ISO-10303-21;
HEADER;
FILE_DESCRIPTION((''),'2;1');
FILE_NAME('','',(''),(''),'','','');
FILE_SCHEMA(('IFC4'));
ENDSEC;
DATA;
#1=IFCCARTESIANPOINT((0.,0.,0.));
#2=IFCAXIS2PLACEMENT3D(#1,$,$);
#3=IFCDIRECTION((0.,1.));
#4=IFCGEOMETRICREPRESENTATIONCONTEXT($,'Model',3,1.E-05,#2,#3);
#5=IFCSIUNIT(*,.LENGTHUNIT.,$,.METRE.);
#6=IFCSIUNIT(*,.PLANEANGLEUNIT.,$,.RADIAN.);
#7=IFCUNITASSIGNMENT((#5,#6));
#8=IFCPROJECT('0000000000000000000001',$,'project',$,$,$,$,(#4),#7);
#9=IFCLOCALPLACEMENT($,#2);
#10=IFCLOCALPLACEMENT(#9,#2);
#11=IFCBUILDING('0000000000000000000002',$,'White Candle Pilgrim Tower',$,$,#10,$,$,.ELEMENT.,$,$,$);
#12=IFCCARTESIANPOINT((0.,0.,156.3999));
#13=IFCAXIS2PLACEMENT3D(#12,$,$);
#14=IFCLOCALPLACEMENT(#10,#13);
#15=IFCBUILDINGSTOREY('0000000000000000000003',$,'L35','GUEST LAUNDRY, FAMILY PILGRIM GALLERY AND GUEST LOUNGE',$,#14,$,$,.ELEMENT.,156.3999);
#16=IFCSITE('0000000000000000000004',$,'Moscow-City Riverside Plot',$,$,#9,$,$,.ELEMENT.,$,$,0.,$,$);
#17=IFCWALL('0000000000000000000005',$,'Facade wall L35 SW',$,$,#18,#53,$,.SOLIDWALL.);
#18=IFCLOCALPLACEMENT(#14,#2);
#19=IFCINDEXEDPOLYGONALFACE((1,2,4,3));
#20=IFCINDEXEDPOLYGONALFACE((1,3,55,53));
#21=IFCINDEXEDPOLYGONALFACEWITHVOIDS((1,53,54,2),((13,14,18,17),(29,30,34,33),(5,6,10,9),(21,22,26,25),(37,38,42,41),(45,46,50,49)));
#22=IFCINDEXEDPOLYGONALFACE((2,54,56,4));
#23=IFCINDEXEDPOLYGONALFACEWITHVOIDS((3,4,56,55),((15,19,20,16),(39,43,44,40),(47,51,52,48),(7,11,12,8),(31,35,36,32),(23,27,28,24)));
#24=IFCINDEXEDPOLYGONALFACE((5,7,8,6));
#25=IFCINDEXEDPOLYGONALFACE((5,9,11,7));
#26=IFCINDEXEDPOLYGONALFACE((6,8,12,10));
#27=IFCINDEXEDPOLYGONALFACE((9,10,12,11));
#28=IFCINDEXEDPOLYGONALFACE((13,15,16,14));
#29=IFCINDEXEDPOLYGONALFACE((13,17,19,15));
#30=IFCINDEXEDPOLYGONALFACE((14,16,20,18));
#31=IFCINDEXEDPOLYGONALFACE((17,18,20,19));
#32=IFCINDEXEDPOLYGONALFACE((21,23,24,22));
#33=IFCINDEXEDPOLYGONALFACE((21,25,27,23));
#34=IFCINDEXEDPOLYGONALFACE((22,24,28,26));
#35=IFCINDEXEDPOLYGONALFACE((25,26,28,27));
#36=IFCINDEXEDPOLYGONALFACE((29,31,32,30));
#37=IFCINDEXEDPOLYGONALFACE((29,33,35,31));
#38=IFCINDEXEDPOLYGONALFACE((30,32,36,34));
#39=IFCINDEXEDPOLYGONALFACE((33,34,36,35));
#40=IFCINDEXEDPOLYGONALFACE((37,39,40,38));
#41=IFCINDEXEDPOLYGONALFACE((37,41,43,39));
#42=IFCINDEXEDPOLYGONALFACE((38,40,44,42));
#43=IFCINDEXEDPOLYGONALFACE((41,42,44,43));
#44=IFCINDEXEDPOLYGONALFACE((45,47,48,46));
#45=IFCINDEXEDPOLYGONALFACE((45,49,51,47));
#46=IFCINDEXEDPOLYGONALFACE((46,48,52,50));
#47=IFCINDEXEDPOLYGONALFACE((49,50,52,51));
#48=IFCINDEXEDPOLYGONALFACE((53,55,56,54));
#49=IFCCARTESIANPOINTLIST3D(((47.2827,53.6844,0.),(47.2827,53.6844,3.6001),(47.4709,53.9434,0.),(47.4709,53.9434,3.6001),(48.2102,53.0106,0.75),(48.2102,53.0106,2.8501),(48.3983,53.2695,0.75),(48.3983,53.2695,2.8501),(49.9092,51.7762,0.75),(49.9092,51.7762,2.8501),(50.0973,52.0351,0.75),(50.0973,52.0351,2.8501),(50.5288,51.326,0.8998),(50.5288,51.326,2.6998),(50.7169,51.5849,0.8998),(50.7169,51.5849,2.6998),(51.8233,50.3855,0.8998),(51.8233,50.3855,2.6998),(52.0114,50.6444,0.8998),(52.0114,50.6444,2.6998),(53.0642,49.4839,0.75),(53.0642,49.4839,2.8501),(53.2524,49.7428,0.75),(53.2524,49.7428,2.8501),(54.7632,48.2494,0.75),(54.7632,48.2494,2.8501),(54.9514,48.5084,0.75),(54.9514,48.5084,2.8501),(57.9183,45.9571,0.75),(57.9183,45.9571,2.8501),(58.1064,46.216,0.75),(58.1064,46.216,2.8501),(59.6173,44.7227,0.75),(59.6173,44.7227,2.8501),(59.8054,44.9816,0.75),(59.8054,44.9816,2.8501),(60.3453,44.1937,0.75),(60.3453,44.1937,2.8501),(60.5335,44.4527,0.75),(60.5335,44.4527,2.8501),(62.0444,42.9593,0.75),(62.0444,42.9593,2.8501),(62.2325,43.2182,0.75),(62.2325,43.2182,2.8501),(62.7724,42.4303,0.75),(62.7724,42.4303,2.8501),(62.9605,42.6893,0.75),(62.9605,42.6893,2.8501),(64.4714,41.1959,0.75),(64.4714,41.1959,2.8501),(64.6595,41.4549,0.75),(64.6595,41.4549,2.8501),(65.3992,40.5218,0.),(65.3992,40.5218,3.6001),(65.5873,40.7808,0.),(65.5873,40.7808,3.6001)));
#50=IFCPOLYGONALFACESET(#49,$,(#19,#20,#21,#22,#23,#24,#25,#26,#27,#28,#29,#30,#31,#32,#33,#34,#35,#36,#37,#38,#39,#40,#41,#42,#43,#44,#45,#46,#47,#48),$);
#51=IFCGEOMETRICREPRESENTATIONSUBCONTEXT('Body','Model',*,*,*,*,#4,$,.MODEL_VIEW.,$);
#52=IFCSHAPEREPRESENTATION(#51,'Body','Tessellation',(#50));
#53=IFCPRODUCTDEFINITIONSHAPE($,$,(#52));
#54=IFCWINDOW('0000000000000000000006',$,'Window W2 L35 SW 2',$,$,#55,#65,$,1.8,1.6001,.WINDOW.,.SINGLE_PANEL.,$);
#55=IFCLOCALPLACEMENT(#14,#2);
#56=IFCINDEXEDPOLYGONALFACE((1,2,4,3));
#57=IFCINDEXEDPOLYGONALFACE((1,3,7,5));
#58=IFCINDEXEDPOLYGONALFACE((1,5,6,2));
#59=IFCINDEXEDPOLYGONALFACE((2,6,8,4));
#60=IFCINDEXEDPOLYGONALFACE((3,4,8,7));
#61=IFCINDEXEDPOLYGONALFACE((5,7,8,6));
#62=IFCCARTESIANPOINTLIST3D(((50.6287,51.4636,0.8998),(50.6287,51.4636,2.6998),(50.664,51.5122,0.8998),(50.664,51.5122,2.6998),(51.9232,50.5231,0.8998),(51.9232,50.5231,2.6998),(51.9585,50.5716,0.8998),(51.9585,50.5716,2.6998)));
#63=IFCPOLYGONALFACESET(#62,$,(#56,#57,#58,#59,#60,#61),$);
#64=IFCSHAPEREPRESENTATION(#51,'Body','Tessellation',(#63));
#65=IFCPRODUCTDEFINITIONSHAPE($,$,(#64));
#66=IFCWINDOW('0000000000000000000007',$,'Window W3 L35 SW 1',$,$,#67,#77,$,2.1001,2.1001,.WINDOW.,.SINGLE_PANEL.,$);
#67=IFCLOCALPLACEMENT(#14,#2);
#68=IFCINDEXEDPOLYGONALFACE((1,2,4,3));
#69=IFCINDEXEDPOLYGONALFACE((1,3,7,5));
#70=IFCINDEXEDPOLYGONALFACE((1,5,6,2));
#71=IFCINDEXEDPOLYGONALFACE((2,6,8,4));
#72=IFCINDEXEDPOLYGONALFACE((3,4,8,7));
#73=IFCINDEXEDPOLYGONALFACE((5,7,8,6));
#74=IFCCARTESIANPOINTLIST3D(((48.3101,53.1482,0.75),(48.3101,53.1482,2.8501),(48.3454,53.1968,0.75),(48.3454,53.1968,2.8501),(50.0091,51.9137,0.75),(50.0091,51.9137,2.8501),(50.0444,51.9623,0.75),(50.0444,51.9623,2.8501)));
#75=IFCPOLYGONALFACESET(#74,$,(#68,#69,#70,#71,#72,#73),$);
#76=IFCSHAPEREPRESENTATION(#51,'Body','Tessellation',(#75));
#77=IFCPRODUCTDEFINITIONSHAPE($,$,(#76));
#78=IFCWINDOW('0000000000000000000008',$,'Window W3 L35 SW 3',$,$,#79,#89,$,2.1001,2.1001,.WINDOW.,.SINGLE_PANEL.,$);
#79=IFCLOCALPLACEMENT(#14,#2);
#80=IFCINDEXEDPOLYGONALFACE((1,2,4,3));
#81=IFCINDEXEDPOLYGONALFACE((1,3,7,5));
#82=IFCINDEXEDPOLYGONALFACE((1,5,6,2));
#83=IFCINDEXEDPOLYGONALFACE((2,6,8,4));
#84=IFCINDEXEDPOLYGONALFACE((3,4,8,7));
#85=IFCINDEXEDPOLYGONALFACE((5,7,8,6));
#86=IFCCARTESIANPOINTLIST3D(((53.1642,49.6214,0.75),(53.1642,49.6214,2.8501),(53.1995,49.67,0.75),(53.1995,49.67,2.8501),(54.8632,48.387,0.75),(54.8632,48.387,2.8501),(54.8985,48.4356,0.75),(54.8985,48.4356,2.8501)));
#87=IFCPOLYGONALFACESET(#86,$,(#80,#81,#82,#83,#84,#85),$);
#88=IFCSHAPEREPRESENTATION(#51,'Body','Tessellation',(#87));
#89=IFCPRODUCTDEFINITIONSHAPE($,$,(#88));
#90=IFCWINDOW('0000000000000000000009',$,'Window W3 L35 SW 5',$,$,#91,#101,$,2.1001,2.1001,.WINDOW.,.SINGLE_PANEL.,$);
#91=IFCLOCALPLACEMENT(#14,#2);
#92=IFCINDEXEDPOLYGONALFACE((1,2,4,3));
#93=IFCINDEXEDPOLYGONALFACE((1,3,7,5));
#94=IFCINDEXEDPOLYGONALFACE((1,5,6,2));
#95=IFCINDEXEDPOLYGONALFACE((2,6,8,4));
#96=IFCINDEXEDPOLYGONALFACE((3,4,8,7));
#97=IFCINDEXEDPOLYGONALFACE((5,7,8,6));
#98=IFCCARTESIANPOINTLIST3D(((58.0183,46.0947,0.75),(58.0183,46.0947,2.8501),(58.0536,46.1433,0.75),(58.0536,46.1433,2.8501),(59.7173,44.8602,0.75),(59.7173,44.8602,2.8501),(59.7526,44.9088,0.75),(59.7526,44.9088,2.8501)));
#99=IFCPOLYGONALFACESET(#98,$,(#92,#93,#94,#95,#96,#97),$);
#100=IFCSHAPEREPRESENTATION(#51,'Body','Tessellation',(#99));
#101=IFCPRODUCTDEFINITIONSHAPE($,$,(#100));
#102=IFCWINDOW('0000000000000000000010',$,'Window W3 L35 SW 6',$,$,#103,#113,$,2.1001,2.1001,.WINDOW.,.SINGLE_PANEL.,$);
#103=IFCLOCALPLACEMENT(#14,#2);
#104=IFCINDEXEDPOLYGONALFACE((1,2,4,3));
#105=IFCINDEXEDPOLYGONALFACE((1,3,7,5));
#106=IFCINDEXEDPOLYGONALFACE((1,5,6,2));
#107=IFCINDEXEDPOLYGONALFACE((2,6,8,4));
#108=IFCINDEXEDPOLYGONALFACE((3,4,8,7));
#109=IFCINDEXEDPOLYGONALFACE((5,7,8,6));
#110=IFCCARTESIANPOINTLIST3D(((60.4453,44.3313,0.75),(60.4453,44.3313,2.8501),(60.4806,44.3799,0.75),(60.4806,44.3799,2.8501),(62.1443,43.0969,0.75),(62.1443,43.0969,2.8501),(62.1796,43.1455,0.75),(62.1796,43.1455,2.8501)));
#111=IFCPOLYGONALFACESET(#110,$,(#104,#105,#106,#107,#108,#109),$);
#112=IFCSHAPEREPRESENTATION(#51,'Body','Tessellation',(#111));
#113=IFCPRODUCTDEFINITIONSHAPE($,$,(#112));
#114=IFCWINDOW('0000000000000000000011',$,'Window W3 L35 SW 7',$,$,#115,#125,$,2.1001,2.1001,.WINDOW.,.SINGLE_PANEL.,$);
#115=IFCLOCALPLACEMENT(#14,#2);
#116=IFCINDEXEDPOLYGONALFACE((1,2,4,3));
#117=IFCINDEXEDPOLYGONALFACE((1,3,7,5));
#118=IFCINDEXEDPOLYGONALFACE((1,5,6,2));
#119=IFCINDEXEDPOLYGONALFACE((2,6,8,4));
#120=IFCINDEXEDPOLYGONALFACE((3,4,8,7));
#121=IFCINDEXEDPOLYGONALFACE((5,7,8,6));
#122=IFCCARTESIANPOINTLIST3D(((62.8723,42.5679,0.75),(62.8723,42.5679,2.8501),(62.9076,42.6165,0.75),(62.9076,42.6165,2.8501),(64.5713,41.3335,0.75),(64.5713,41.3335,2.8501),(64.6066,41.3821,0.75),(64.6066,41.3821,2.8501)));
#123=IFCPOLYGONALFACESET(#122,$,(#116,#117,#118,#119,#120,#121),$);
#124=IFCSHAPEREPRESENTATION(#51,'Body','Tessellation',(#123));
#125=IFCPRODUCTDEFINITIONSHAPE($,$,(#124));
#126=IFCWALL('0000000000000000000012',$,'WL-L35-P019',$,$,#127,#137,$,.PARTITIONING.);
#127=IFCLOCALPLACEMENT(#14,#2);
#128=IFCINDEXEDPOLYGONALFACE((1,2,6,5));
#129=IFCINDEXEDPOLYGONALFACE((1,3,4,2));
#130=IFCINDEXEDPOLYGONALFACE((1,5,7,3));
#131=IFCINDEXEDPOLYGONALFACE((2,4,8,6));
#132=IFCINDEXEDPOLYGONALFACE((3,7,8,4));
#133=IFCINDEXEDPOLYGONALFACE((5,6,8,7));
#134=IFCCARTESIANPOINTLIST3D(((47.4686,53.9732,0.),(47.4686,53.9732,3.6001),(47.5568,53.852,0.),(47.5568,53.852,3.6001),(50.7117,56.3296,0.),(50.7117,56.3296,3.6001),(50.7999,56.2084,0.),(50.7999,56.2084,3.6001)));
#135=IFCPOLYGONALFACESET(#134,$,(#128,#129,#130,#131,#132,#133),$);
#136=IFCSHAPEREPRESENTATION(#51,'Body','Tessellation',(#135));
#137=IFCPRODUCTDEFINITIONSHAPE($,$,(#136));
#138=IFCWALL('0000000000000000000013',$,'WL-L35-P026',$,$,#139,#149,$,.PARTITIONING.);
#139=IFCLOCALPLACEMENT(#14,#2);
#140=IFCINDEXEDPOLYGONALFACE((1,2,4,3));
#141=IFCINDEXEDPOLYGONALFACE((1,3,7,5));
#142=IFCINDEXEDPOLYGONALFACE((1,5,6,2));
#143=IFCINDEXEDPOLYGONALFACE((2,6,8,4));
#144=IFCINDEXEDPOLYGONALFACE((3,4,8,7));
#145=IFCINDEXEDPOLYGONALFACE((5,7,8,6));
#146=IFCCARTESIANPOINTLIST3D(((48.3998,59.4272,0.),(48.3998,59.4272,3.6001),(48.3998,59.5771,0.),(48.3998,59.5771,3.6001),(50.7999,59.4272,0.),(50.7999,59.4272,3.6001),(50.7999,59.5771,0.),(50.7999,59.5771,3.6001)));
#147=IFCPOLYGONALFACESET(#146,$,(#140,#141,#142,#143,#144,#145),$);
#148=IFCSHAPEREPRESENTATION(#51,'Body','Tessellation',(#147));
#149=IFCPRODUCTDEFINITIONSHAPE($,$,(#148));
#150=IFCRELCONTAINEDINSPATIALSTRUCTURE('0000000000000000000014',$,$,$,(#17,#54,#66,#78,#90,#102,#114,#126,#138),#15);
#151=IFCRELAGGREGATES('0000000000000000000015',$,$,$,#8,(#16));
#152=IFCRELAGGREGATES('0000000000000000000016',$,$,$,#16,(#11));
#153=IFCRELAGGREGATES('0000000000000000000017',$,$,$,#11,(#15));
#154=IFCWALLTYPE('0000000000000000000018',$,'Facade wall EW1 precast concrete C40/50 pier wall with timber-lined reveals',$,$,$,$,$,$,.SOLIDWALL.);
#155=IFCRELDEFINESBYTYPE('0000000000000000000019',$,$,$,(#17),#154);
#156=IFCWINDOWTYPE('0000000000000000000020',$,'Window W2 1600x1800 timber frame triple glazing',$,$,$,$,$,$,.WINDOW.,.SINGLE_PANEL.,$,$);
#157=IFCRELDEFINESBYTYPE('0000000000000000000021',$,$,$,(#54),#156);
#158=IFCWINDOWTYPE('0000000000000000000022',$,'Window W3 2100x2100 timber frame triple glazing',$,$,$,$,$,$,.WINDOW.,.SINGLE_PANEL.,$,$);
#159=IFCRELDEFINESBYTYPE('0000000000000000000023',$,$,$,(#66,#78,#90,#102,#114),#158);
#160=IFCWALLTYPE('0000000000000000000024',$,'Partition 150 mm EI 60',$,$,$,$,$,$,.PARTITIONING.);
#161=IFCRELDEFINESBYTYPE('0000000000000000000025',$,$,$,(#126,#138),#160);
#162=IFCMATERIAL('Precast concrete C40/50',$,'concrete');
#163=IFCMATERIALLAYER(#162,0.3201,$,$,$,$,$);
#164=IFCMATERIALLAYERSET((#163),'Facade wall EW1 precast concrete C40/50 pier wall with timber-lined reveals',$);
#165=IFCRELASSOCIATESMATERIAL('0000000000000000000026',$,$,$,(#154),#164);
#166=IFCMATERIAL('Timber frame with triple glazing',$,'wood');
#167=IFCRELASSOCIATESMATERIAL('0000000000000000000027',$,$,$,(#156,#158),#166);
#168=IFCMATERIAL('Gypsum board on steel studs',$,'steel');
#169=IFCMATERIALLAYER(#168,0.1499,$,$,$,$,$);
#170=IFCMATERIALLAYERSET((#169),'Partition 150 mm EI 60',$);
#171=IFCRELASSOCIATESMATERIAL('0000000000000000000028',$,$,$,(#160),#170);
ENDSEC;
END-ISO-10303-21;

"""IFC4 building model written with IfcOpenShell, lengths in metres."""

from ifc_helpers import new_model, si_unit, direction, frame, frame_2d, origin, place, context, subcontext, project, spatial, rectangle, extrude, material, layer, layer_set, type_object, element, fill, save


model = new_model("IFC4")

# Units and contexts
model_context = context("Model", 3, precision=1e-05, world=origin(), true_north=direction((0.0, 1.0)))
body_context = subcontext(model_context, "Body", "Model", "MODEL_VIEW")
ifc_project = project(units=[si_unit("LENGTHUNIT", "METRE"), si_unit("PLANEANGLEUNIT", "RADIAN")], contexts=[model_context])

# Site, building, storey
site_placement = place(None, origin())
site = spatial("IfcSite", under=ifc_project, at=site_placement, Name="Moscow-City Riverside Plot", CompositionType="ELEMENT", RefElevation=0.0)
building_placement = place(site_placement, origin())
building = spatial("IfcBuilding", under=site, at=building_placement, Name="White Candle Pilgrim Tower", CompositionType="ELEMENT")
storey_placement = place(building_placement, frame((0.0, 0.0, 156.3999)))
storey = spatial("IfcBuildingStorey", under=building, at=storey_placement, Name="L35", Description="GUEST LAUNDRY, FAMILY PILGRIM GALLERY AND GUEST LOUNGE", CompositionType="ELEMENT", Elevation=156.3999)

# Shared definitions
ifc_material_1 = material(Name="Gypsum board on steel studs", Category="steel")

# Wall, openings, windows
ifc_material_2 = material(Name="Precast concrete C40/50", Category="concrete")
ifc_layer_1 = layer(ifc_material_2, 0.3201)
ifc_layer_set_1 = layer_set([ifc_layer_1], Name="Facade wall EW1 precast concrete C40/50 pier wall with timber-lined reveals")
wall_type_1 = type_object("IfcWallType", Name="Facade wall EW1 precast concrete C40/50 pier wall with timber-lined reveals", PredefinedType="SOLIDWALL", material=ifc_layer_set_1)
wall_1_placement = place(storey_placement, frame((47.3767, 53.814, 0.0), z_axis=(0.0, 0.0, 1.0), x_axis=(0.809012, -0.587792, 0.0)))
wall_1 = element("IfcWall", 1, at=wall_1_placement, inside=storey, type_object=wall_type_1, Name="Facade wall L35 SW", PredefinedType="SOLIDWALL", context=body_context, shape_type="SweptSolid", body=[
    extrude(rectangle(XDim=22.3933, YDim=0.3201, at=frame_2d((11.1968, 0.0))), origin(), (0.0, 0.0, 1.0), 3.6001),
])
opening_1_placement = place(wall_1_placement, frame((1.1465, 0.0, 0.75)))
opening_1 = element("IfcOpeningElement", 2, at=opening_1_placement, cuts=wall_1, PredefinedType="OPENING", context=body_context, shape_type="SweptSolid", body=[
    extrude(rectangle(XDim=2.1001, YDim=2.1001, at=frame_2d((1.05, 1.05))), frame((0.0, 0.1699, 0.0), z_axis=(0.0, -1.0, 0.0), x_axis=(1.0, 0.0, 0.0)), (0.0, 0.0, 1.0), 0.3401),
])
opening_2_placement = place(wall_1_placement, frame((4.0125, 0.0, 0.8999)))
opening_2 = element("IfcOpeningElement", 3, at=opening_2_placement, cuts=wall_1, PredefinedType="OPENING", context=body_context, shape_type="SweptSolid", body=[
    extrude(rectangle(XDim=1.6001, YDim=1.8, at=frame_2d((0.8, 0.8999))), frame((0.0, 0.1699, 0.0), z_axis=(0.0, -1.0, 0.0), x_axis=(1.0, 0.0, 0.0)), (0.0, 0.0, 1.0), 0.3401),
])
opening_3_placement = place(wall_1_placement, frame((7.1465, 0.0, 0.75)))
opening_3 = element("IfcOpeningElement", 4, at=opening_3_placement, cuts=wall_1, PredefinedType="OPENING", context=body_context, shape_type="SweptSolid", body=[
    extrude(rectangle(XDim=2.1001, YDim=2.1001, at=frame_2d((1.05, 1.05))), frame((0.0, 0.1699, 0.0), z_axis=(0.0, -1.0, 0.0), x_axis=(1.0, 0.0, 0.0)), (0.0, 0.0, 1.0), 0.3401),
])
opening_4_placement = place(wall_1_placement, frame((13.1465, 0.0, 0.75)))
opening_4 = element("IfcOpeningElement", 5, at=opening_4_placement, cuts=wall_1, PredefinedType="OPENING", context=body_context, shape_type="SweptSolid", body=[
    extrude(rectangle(XDim=2.1001, YDim=2.1001, at=frame_2d((1.05, 1.05))), frame((0.0, 0.1699, 0.0), z_axis=(0.0, -1.0, 0.0), x_axis=(1.0, 0.0, 0.0)), (0.0, 0.0, 1.0), 0.3401),
])
opening_5_placement = place(wall_1_placement, frame((16.1465, 0.0, 0.75)))
opening_5 = element("IfcOpeningElement", 6, at=opening_5_placement, cuts=wall_1, PredefinedType="OPENING", context=body_context, shape_type="SweptSolid", body=[
    extrude(rectangle(XDim=2.1001, YDim=2.1001, at=frame_2d((1.05, 1.05))), frame((0.0, 0.1699, 0.0), z_axis=(0.0, -1.0, 0.0), x_axis=(1.0, 0.0, 0.0)), (0.0, 0.0, 1.0), 0.3401),
])
opening_6_placement = place(wall_1_placement, frame((19.1465, 0.0, 0.75)))
opening_6 = element("IfcOpeningElement", 7, at=opening_6_placement, cuts=wall_1, PredefinedType="OPENING", context=body_context, shape_type="SweptSolid", body=[
    extrude(rectangle(XDim=2.1001, YDim=2.1001, at=frame_2d((1.05, 1.05))), frame((0.0, 0.1699, 0.0), z_axis=(0.0, -1.0, 0.0), x_axis=(1.0, 0.0, 0.0)), (0.0, 0.0, 1.0), 0.3401),
])
ifc_material_3 = material(Name="Timber frame with triple glazing", Category="wood")
window_type_1 = type_object("IfcWindowType", Name="Window W2 1600x1800 timber frame triple glazing", PartitioningType="SINGLE_PANEL", PredefinedType="WINDOW", material=ifc_material_3)
window_1_placement = place(opening_2_placement, origin())
window_1 = element("IfcWindow", 8, at=window_1_placement, inside=storey, type_object=window_type_1, Name="Window W2 L35 SW 2", OverallHeight=1.8, OverallWidth=1.6001, PartitioningType="SINGLE_PANEL", PredefinedType="WINDOW", context=body_context, shape_type="SweptSolid", body=[
    extrude(rectangle(XDim=1.6001, YDim=1.8, at=frame_2d((0.8, 0.8999))), frame((0.0, 0.0701, 0.0), z_axis=(0.0, -1.0, 0.0), x_axis=(1.0, 0.0, 0.0)), (0.0, 0.0, 1.0), 0.0601),
])
fill(opening_2, window_1)
window_type_2 = type_object("IfcWindowType", Name="Window W3 2100x2100 timber frame triple glazing", PartitioningType="SINGLE_PANEL", PredefinedType="WINDOW", material=ifc_material_3)
window_2_placement = place(opening_1_placement, origin())
window_2 = element("IfcWindow", 9, at=window_2_placement, inside=storey, type_object=window_type_2, Name="Window W3 L35 SW 1", OverallHeight=2.1001, OverallWidth=2.1001, PartitioningType="SINGLE_PANEL", PredefinedType="WINDOW", context=body_context, shape_type="SweptSolid", body=[
    extrude(rectangle(XDim=2.1001, YDim=2.1001, at=frame_2d((1.05, 1.05))), frame((0.0, 0.0701, 0.0), z_axis=(0.0, -1.0, 0.0), x_axis=(1.0, 0.0, 0.0)), (0.0, 0.0, 1.0), 0.0601),
])
fill(opening_1, window_2)
window_3_placement = place(opening_3_placement, origin())
window_3 = element("IfcWindow", 10, at=window_3_placement, inside=storey, type_object=window_type_2, Name="Window W3 L35 SW 3", OverallHeight=2.1001, OverallWidth=2.1001, PartitioningType="SINGLE_PANEL", PredefinedType="WINDOW", context=body_context, shape_type="SweptSolid", body=[
    extrude(rectangle(XDim=2.1001, YDim=2.1001, at=frame_2d((1.05, 1.05))), frame((0.0, 0.0701, 0.0), z_axis=(0.0, -1.0, 0.0), x_axis=(1.0, 0.0, 0.0)), (0.0, 0.0, 1.0), 0.0601),
])
fill(opening_3, window_3)
window_4_placement = place(opening_4_placement, origin())
window_4 = element("IfcWindow", 11, at=window_4_placement, inside=storey, type_object=window_type_2, Name="Window W3 L35 SW 5", OverallHeight=2.1001, OverallWidth=2.1001, PartitioningType="SINGLE_PANEL", PredefinedType="WINDOW", context=body_context, shape_type="SweptSolid", body=[
    extrude(rectangle(XDim=2.1001, YDim=2.1001, at=frame_2d((1.05, 1.05))), frame((0.0, 0.0701, 0.0), z_axis=(0.0, -1.0, 0.0), x_axis=(1.0, 0.0, 0.0)), (0.0, 0.0, 1.0), 0.0601),
])
fill(opening_4, window_4)
window_5_placement = place(opening_5_placement, origin())
window_5 = element("IfcWindow", 12, at=window_5_placement, inside=storey, type_object=window_type_2, Name="Window W3 L35 SW 6", OverallHeight=2.1001, OverallWidth=2.1001, PartitioningType="SINGLE_PANEL", PredefinedType="WINDOW", context=body_context, shape_type="SweptSolid", body=[
    extrude(rectangle(XDim=2.1001, YDim=2.1001, at=frame_2d((1.05, 1.05))), frame((0.0, 0.0701, 0.0), z_axis=(0.0, -1.0, 0.0), x_axis=(1.0, 0.0, 0.0)), (0.0, 0.0, 1.0), 0.0601),
])
fill(opening_5, window_5)
window_6_placement = place(opening_6_placement, origin())
window_6 = element("IfcWindow", 13, at=window_6_placement, inside=storey, type_object=window_type_2, Name="Window W3 L35 SW 7", OverallHeight=2.1001, OverallWidth=2.1001, PartitioningType="SINGLE_PANEL", PredefinedType="WINDOW", context=body_context, shape_type="SweptSolid", body=[
    extrude(rectangle(XDim=2.1001, YDim=2.1001, at=frame_2d((1.05, 1.05))), frame((0.0, 0.0701, 0.0), z_axis=(0.0, -1.0, 0.0), x_axis=(1.0, 0.0, 0.0)), (0.0, 0.0, 1.0), 0.0601),
])
fill(opening_6, window_6)

# Walls
ifc_layer_2 = layer(ifc_material_1, 0.1499)
ifc_layer_set_2 = layer_set([ifc_layer_2], Name="Partition 150 mm EI 60")
wall_type_2 = type_object("IfcWallType", Name="Partition 150 mm EI 60", PredefinedType="PARTITIONING", material=ifc_layer_set_2)
wall_2_placement = place(storey_placement, frame((47.5127, 53.9126, 0.0), z_axis=(0.0, 0.0, 1.0), x_axis=(0.808999, 0.58781, 0.0)))
element("IfcWall", 14, at=wall_2_placement, inside=storey, type_object=wall_type_2, Name="WL-L35-P019", PredefinedType="PARTITIONING", context=body_context, shape_type="SweptSolid", body=[
    extrude(rectangle(XDim=4.0088, YDim=0.1499, at=frame_2d((2.0044, 0.0))), origin(), (0.0, 0.0, 1.0), 3.6001),
])
wall_3_placement = place(storey_placement, frame((50.8, 59.5022, 0.0), z_axis=(0.0, 0.0, 1.0), x_axis=(-1.0, 0.0, 0.0)))
element("IfcWall", 15, at=wall_3_placement, inside=storey, type_object=wall_type_2, Name="WL-L35-P026", PredefinedType="PARTITIONING", context=body_context, shape_type="SweptSolid", body=[
    extrude(rectangle(XDim=2.4001, YDim=0.1499, at=frame_2d((1.2002, 0.0))), origin(), (0.0, 0.0, 1.0), 3.6001),
])

save(model, "model.ifc")
